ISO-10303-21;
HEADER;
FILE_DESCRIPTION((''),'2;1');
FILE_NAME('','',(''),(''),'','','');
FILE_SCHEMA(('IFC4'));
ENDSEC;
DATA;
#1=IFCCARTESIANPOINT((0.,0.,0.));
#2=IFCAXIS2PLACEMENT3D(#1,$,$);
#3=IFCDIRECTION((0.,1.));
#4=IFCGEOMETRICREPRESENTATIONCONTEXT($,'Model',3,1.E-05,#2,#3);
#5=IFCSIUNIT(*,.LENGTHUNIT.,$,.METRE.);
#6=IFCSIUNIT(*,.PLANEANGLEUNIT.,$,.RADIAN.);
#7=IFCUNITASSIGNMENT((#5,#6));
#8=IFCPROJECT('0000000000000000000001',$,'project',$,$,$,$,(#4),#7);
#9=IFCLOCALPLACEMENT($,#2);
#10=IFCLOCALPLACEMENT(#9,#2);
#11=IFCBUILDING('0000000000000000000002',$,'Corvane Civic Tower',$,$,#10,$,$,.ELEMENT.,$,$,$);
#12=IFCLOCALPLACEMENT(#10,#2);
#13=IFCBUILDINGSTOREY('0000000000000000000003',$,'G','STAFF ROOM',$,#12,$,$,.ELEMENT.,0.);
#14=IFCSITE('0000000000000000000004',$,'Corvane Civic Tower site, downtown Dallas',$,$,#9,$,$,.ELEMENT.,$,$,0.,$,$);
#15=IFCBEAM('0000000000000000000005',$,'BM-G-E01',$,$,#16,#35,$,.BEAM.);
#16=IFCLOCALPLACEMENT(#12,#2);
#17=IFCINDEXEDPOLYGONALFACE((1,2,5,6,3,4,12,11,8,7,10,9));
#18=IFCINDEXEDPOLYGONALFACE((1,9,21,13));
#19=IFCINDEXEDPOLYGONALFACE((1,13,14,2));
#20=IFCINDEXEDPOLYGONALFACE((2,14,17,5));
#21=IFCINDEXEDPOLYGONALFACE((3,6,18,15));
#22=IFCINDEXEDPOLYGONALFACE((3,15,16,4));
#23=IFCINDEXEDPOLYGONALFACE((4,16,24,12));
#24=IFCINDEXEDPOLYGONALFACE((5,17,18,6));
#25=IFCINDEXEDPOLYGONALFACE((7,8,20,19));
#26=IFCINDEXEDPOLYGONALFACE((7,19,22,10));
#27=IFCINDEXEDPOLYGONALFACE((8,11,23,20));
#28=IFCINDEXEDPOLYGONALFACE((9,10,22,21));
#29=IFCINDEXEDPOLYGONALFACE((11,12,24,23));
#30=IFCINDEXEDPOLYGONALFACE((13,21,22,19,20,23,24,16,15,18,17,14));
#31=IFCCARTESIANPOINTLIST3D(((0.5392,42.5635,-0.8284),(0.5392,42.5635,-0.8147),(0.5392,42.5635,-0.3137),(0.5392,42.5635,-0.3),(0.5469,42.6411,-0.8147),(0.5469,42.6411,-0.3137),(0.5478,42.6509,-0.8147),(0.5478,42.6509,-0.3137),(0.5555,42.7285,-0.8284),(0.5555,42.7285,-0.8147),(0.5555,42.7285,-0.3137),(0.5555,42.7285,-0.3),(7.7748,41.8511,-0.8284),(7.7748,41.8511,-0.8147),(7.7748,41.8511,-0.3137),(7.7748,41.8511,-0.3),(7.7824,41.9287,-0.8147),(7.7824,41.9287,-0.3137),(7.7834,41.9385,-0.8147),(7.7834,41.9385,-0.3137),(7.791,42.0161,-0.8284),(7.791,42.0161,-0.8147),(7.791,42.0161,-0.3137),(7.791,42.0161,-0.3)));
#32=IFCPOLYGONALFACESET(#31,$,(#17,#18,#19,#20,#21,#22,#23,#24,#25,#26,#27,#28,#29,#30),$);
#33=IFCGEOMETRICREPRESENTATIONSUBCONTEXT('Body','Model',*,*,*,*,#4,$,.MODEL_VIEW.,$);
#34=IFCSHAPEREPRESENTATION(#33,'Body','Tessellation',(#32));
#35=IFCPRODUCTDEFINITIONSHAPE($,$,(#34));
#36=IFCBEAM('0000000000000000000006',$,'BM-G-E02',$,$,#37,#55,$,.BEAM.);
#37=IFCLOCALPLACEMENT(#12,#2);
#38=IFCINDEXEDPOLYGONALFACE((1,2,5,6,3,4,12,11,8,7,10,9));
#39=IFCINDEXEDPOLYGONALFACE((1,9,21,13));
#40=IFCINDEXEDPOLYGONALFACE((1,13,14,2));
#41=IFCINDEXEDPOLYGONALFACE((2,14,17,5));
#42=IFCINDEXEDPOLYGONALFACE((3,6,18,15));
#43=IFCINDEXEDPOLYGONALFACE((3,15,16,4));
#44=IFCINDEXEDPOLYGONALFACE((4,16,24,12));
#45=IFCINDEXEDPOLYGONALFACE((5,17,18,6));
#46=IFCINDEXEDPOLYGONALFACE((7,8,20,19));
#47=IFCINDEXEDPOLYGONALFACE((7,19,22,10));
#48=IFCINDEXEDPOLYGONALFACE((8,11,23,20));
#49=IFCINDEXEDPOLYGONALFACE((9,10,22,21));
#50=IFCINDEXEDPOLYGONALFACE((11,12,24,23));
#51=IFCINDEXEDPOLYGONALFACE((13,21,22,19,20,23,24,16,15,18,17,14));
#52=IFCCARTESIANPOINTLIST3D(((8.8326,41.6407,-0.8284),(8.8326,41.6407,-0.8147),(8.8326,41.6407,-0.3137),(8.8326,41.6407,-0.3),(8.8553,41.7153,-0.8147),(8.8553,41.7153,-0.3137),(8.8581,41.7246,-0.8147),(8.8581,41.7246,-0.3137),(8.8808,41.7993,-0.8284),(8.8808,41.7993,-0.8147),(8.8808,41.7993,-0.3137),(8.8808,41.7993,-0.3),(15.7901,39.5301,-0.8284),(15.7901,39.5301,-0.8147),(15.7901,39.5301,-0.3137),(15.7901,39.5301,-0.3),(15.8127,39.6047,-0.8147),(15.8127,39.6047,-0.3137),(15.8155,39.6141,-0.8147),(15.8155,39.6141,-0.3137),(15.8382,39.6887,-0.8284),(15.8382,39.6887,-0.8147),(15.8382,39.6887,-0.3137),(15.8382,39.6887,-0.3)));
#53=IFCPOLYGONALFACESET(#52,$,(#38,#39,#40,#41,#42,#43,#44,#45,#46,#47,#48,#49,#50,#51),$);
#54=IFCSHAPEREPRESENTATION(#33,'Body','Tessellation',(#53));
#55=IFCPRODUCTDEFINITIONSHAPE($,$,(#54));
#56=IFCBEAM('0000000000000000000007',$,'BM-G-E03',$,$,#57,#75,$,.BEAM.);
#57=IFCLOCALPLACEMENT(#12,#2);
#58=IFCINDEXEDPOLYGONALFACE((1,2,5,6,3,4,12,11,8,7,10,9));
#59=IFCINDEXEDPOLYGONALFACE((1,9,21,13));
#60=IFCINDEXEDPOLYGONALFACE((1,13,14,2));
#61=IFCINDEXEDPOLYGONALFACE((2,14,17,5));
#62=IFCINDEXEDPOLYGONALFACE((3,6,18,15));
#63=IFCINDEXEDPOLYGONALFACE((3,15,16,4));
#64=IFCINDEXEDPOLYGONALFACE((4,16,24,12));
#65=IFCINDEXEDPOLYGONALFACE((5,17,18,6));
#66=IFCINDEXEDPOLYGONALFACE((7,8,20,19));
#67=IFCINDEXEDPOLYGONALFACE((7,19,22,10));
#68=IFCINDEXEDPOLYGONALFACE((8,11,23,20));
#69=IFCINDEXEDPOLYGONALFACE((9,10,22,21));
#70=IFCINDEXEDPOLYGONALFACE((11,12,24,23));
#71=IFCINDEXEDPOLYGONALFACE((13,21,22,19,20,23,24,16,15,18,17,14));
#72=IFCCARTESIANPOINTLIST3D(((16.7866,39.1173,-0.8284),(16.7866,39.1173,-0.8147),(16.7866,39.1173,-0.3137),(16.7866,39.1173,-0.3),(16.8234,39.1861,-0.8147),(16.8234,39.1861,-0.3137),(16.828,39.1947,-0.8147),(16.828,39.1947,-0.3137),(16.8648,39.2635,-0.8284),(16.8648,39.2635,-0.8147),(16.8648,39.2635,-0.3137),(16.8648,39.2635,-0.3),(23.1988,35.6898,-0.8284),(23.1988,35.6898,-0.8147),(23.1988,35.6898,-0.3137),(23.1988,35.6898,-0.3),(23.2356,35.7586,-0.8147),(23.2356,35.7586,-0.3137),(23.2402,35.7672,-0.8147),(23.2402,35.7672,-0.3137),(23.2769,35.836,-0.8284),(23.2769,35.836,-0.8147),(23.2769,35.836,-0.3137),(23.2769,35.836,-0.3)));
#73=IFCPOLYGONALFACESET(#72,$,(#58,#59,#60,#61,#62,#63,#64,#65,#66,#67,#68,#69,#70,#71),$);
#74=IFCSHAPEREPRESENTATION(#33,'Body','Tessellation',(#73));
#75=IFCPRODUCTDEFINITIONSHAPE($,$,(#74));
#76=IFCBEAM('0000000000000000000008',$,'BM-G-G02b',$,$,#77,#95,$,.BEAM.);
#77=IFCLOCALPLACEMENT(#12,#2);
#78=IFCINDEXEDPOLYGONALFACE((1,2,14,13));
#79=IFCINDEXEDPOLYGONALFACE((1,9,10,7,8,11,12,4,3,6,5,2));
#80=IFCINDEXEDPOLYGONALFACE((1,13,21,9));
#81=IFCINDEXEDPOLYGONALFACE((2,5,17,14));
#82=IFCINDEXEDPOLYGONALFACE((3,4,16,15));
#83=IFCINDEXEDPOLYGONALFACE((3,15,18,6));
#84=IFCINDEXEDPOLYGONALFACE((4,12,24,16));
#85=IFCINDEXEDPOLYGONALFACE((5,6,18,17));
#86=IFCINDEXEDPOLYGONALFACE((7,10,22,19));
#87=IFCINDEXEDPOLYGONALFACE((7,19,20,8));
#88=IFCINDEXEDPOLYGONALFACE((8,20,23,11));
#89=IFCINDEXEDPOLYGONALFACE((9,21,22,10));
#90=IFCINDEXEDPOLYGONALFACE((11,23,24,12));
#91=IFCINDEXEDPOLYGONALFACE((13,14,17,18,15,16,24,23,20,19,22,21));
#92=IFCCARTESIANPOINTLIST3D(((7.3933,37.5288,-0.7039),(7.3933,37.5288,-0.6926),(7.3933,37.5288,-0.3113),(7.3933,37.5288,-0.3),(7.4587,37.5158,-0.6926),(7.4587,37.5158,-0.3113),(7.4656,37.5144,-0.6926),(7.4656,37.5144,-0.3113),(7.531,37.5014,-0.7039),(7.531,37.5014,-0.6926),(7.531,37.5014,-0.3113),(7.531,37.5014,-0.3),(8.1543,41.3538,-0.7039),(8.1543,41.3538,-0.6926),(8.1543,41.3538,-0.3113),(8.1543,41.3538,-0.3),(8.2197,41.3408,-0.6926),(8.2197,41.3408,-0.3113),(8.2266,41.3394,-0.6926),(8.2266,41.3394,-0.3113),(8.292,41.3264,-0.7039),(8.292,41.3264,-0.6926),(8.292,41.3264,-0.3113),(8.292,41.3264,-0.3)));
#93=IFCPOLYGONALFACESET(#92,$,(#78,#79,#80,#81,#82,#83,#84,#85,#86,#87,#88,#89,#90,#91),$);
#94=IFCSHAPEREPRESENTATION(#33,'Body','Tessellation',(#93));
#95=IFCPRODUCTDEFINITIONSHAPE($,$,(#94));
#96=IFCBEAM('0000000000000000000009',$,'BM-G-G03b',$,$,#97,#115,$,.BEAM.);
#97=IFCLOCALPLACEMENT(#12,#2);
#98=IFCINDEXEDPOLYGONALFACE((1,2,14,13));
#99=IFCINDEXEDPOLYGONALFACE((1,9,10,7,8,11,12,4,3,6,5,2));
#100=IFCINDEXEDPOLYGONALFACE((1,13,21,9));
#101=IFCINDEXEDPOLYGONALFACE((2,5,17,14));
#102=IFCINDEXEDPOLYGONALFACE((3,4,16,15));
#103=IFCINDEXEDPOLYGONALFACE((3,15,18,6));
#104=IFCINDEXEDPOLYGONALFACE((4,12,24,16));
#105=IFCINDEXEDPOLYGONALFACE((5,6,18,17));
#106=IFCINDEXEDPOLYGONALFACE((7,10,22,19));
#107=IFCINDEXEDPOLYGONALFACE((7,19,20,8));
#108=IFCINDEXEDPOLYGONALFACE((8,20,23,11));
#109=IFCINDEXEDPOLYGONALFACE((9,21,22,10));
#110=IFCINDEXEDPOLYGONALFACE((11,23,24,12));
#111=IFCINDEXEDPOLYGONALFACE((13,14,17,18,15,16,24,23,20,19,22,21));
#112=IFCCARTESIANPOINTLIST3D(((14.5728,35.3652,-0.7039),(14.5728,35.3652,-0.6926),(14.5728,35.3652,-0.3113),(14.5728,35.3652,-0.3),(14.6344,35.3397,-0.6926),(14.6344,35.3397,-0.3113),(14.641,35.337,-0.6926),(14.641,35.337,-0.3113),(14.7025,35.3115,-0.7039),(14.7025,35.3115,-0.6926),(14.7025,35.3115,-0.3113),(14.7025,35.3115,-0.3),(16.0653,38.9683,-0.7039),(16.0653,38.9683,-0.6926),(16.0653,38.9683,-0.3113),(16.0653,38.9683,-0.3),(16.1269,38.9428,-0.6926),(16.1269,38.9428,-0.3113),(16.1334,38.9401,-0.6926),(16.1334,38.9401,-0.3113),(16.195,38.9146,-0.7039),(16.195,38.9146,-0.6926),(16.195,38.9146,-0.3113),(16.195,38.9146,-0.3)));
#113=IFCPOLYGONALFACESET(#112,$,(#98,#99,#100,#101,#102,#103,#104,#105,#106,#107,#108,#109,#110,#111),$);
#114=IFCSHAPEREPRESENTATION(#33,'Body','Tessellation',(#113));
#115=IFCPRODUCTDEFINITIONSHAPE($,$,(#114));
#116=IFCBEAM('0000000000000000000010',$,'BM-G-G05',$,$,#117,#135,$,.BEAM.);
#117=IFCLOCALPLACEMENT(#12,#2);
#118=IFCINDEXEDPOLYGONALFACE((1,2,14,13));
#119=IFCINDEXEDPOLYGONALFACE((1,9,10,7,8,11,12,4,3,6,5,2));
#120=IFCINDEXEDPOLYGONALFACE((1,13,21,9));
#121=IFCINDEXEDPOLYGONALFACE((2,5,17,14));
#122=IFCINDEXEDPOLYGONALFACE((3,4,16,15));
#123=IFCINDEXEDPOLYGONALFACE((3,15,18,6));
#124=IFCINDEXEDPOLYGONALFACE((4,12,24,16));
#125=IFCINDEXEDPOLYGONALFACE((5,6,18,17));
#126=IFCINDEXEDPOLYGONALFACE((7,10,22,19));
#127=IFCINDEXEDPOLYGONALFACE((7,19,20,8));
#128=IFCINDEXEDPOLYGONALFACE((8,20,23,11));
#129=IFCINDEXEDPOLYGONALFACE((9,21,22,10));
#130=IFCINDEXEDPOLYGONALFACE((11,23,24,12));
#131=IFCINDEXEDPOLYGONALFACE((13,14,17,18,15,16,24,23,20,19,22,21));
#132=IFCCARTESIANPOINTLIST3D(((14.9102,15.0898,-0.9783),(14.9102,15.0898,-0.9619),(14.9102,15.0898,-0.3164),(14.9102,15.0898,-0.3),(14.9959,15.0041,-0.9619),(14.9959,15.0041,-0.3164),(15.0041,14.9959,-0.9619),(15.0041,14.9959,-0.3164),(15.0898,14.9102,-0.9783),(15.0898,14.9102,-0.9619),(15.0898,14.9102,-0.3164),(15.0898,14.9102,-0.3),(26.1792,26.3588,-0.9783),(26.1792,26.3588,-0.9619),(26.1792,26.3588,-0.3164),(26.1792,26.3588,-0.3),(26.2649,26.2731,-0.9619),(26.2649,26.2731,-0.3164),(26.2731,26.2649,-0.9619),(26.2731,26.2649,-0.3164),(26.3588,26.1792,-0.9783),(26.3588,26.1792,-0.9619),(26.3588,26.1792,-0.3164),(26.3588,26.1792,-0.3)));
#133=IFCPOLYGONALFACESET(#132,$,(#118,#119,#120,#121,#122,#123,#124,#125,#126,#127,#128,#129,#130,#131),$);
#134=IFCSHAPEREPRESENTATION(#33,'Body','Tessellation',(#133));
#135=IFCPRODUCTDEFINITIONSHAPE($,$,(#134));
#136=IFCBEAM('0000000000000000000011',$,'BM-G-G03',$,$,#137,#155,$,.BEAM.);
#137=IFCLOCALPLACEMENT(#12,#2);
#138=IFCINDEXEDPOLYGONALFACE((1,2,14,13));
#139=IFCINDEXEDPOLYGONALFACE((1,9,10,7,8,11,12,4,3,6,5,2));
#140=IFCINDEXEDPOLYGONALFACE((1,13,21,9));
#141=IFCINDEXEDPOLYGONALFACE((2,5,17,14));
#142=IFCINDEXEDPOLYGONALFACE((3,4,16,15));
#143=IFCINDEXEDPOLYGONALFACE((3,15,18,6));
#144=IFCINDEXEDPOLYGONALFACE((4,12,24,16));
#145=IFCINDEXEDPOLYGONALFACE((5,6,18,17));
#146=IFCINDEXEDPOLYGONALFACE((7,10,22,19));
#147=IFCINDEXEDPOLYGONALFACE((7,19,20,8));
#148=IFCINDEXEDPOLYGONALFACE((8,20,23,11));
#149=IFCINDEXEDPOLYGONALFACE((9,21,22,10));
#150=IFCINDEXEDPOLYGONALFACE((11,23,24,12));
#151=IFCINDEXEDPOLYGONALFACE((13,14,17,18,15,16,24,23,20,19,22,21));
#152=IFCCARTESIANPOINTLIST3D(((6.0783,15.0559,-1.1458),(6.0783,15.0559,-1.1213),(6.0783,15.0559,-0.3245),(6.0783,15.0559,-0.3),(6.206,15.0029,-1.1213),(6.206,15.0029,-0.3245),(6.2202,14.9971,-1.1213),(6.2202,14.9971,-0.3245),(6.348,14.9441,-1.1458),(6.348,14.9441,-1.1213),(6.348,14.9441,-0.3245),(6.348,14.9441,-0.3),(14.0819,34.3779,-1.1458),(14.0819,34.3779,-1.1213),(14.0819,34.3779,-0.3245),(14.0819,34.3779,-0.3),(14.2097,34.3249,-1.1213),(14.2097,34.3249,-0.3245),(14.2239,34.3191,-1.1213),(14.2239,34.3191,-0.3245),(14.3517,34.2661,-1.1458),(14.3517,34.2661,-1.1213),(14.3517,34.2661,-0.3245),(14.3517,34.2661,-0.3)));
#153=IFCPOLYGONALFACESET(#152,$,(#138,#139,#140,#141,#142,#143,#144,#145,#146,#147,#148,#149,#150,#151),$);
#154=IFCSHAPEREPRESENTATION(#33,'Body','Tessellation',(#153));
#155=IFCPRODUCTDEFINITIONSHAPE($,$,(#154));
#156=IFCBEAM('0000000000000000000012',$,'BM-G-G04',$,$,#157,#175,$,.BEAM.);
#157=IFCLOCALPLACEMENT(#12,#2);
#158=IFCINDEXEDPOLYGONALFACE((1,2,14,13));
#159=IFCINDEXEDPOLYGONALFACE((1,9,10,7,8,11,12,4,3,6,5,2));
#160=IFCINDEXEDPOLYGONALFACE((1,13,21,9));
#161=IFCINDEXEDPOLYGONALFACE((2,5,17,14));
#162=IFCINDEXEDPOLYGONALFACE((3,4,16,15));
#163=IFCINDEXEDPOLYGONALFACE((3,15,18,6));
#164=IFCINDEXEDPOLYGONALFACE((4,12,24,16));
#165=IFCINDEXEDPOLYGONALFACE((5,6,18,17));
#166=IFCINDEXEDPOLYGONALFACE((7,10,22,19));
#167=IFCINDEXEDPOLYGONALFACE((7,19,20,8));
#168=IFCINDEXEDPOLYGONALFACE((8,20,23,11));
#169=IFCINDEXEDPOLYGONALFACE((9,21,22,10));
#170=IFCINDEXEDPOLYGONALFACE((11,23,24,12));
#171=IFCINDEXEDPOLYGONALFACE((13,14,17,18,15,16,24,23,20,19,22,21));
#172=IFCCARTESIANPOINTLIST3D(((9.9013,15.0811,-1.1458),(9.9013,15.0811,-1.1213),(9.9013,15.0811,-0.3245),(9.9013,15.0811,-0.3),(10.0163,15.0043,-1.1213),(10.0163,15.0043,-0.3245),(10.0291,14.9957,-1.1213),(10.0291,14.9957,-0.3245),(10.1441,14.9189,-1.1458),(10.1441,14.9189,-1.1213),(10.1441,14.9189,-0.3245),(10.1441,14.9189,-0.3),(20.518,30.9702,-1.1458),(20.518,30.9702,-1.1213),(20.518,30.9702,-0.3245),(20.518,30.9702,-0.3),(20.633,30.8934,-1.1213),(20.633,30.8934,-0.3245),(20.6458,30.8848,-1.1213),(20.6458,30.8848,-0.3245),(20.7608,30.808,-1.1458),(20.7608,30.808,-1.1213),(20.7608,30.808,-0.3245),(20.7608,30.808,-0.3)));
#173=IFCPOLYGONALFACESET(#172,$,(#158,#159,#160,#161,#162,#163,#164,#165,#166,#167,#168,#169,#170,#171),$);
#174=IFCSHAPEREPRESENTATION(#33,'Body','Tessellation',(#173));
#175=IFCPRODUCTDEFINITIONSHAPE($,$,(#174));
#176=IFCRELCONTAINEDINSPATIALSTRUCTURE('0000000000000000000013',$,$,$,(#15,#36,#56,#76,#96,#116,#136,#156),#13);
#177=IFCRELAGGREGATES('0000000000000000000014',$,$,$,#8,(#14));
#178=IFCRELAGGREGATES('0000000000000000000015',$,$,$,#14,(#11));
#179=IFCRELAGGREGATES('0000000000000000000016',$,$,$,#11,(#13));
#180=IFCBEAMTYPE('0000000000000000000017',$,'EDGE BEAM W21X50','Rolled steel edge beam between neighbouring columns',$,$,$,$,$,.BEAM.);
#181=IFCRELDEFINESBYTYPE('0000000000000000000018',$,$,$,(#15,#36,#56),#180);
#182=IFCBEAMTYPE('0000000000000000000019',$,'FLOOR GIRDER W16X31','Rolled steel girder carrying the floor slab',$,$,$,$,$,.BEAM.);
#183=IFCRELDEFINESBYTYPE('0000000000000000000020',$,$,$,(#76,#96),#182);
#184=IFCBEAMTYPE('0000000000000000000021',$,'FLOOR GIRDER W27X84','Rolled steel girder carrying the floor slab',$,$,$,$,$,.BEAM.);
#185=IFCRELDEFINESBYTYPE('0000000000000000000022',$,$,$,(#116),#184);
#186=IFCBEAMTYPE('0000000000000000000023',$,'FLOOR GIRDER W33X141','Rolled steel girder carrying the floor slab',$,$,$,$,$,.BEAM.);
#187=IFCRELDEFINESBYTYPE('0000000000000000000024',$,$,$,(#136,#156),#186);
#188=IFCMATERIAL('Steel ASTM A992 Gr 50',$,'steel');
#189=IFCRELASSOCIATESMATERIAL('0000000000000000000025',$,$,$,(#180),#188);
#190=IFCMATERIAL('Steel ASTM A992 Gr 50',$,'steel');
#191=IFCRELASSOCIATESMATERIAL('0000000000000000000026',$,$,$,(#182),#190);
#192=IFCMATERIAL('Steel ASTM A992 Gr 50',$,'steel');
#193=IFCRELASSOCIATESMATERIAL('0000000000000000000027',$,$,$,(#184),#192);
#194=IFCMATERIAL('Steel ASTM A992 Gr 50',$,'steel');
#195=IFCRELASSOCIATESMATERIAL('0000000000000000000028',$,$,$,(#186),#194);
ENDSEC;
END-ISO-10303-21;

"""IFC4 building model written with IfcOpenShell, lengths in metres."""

from ifc_helpers import new_model, si_unit, direction, frame, origin, origin_2d, place, context, subcontext, project, spatial, i_section, extrude, material, material_profile, profile_set, type_object, element, save


model = new_model("IFC4")

# Units and contexts
model_context = context("Model", 3, precision=1e-05, world=origin(), true_north=direction((0.0, 1.0)))
body_context = subcontext(model_context, "Body", "Model", "MODEL_VIEW")
ifc_project = project(units=[si_unit("LENGTHUNIT", "METRE"), si_unit("PLANEANGLEUNIT", "RADIAN")], contexts=[model_context])

# Site, building, storey
site_placement = place(None, origin())
site = spatial("IfcSite", under=ifc_project, at=site_placement, Name="Corvane Civic Tower site, downtown Dallas", CompositionType="ELEMENT", RefElevation=0.0)
building_placement = place(site_placement, origin())
building = spatial("IfcBuilding", under=site, at=building_placement, Name="Corvane Civic Tower", CompositionType="ELEMENT")
storey_placement = place(building_placement, origin())
storey = spatial("IfcBuildingStorey", under=building, at=storey_placement, Name="G", Description="STAFF ROOM", CompositionType="ELEMENT", Elevation=0.0)

# Beams
ifc_material_1 = material(Name="Steel ASTM A992 Gr 50", Category="steel")
ifc_material_profile_1 = material_profile(ifc_material_1, i_section(OverallWidth=0.1658, OverallDepth=0.5283, WebThickness=0.0098, FlangeThickness=0.0137, at=origin_2d()), Name="W21X50")
ifc_profile_set_1 = profile_set([ifc_material_profile_1], Name="Steel ASTM A992 Gr 50")
beam_type_1 = type_object("IfcBeamType", Name="EDGE BEAM W21X50", Description="Rolled steel edge beam between neighbouring columns", PredefinedType="BEAM", material=ifc_profile_set_1)
for number, where, z_axis, x_axis, name in (
    (1, (0.5474, 42.646, -0.5642), (0.995188, -0.097984, 0.0), (0.097984, 0.995188, 0.0), "BM-G-E01"),
    (2, (8.8567, 41.72, -0.5642), (0.956938, -0.290292, 0.0), (0.290292, 0.956938, 0.0), "BM-G-E02"),
):
    element("IfcBeam", number, at=place(storey_placement, frame(where, z_axis=z_axis, x_axis=x_axis)), inside=storey, type_object=beam_type_1, Name=name, PredefinedType="BEAM", context=body_context, shape_type="SweptSolid", body=[
        extrude(i_section(OverallWidth=0.1658, OverallDepth=0.5283, WebThickness=0.0098, FlangeThickness=0.0137, at=origin_2d()), origin(), (0.0, 0.0, 1.0), 7.2705),
    ])
beam_1_placement = place(storey_placement, frame((16.8257, 39.1904, -0.5642), z_axis=(0.881913, -0.471412, 0.0), x_axis=(0.471412, 0.881913, 0.0)))
element("IfcBeam", 3, at=beam_1_placement, inside=storey, type_object=beam_type_1, Name="BM-G-E03", PredefinedType="BEAM", context=body_context, shape_type="SweptSolid", body=[
    extrude(i_section(OverallWidth=0.1658, OverallDepth=0.5283, WebThickness=0.0098, FlangeThickness=0.0137, at=origin_2d()), origin(), (0.0, 0.0, 1.0), 7.2708),
])
ifc_material_2 = material(Name="Steel ASTM A992 Gr 50", Category="steel")
ifc_material_profile_2 = material_profile(ifc_material_2, i_section(OverallWidth=0.1404, OverallDepth=0.4038, WebThickness=0.0071, FlangeThickness=0.0112, at=origin_2d()), Name="W16X31")
ifc_profile_set_2 = profile_set([ifc_material_profile_2], Name="Steel ASTM A992 Gr 50")
beam_type_2 = type_object("IfcBeamType", Name="FLOOR GIRDER W16X31", Description="Rolled steel girder carrying the floor slab", PredefinedType="BEAM", material=ifc_profile_set_2)
for number, where, z_axis, x_axis, name in (
    (4, (7.4622, 37.5151, -0.502), (0.195129, 0.980778, 0.0), (-0.980778, 0.195129, 0.0), "BM-G-G02b"),
    (5, (14.6377, 35.3384, -0.502), (0.382685, 0.923879, 0.0), (-0.923879, 0.382685, 0.0), "BM-G-G03b"),
):
    element("IfcBeam", number, at=place(storey_placement, frame(where, z_axis=z_axis, x_axis=x_axis)), inside=storey, type_object=beam_type_2, Name=name, PredefinedType="BEAM", context=body_context, shape_type="SweptSolid", body=[
        extrude(i_section(OverallWidth=0.1404, OverallDepth=0.4038, WebThickness=0.0071, FlangeThickness=0.0112, at=origin_2d()), origin(), (0.0, 0.0, 1.0), 3.8999),
    ])
ifc_material_3 = material(Name="Steel ASTM A992 Gr 50", Category="steel")
ifc_material_profile_3 = material_profile(ifc_material_3, i_section(OverallWidth=0.2539, OverallDepth=0.6782, WebThickness=0.0117, FlangeThickness=0.0164, at=origin_2d()), Name="W27X84")
ifc_profile_set_3 = profile_set([ifc_material_profile_3], Name="Steel ASTM A992 Gr 50")
beam_type_3 = type_object("IfcBeamType", Name="FLOOR GIRDER W27X84", Description="Rolled steel girder carrying the floor slab", PredefinedType="BEAM", material=ifc_profile_set_3)
beam_2_placement = place(storey_placement, frame((15.0, 15.0, -0.6392), z_axis=(0.707107, 0.707107, 0.0), x_axis=(-0.707107, 0.707107, 0.0)))
element("IfcBeam", 6, at=beam_2_placement, inside=storey, type_object=beam_type_3, Name="BM-G-G05", PredefinedType="BEAM", context=body_context, shape_type="SweptSolid", body=[
    extrude(i_section(OverallWidth=0.2539, OverallDepth=0.6782, WebThickness=0.0117, FlangeThickness=0.0164, at=origin_2d()), origin(), (0.0, 0.0, 1.0), 15.9368),
])
ifc_material_4 = material(Name="Steel ASTM A992 Gr 50", Category="steel")
ifc_material_profile_4 = material_profile(ifc_material_4, i_section(OverallWidth=0.292, OverallDepth=0.8457, WebThickness=0.0154, FlangeThickness=0.0244, at=origin_2d()), Name="W33X141")
ifc_profile_set_4 = profile_set([ifc_material_profile_4], Name="Steel ASTM A992 Gr 50")
beam_type_4 = type_object("IfcBeamType", Name="FLOOR GIRDER W33X141", Description="Rolled steel girder carrying the floor slab", PredefinedType="BEAM", material=ifc_profile_set_4)
beam_3_placement = place(storey_placement, frame((6.2131, 15.0, -0.7229), z_axis=(0.382692, 0.923876, 0.0), x_axis=(-0.923876, 0.382692, 0.0)))
element("IfcBeam", 7, at=beam_3_placement, inside=storey, type_object=beam_type_4, Name="BM-G-G03", PredefinedType="BEAM", context=body_context, shape_type="SweptSolid", body=[
    extrude(i_section(OverallWidth=0.292, OverallDepth=0.8457, WebThickness=0.0154, FlangeThickness=0.0244, at=origin_2d()), origin(), (0.0, 0.0, 1.0), 20.9141),
])
beam_4_placement = place(storey_placement, frame((10.0227, 15.0, -0.7229), z_axis=(0.555567, 0.831472, 0.0), x_axis=(-0.831472, 0.555567, 0.0)))
element("IfcBeam", 8, at=beam_4_placement, inside=storey, type_object=beam_type_4, Name="BM-G-G04", PredefinedType="BEAM", context=body_context, shape_type="SweptSolid", body=[
    extrude(i_section(OverallWidth=0.292, OverallDepth=0.8457, WebThickness=0.0154, FlangeThickness=0.0244, at=origin_2d()), origin(), (0.0, 0.0, 1.0), 19.1096),
])

save(model, "model.ifc")
